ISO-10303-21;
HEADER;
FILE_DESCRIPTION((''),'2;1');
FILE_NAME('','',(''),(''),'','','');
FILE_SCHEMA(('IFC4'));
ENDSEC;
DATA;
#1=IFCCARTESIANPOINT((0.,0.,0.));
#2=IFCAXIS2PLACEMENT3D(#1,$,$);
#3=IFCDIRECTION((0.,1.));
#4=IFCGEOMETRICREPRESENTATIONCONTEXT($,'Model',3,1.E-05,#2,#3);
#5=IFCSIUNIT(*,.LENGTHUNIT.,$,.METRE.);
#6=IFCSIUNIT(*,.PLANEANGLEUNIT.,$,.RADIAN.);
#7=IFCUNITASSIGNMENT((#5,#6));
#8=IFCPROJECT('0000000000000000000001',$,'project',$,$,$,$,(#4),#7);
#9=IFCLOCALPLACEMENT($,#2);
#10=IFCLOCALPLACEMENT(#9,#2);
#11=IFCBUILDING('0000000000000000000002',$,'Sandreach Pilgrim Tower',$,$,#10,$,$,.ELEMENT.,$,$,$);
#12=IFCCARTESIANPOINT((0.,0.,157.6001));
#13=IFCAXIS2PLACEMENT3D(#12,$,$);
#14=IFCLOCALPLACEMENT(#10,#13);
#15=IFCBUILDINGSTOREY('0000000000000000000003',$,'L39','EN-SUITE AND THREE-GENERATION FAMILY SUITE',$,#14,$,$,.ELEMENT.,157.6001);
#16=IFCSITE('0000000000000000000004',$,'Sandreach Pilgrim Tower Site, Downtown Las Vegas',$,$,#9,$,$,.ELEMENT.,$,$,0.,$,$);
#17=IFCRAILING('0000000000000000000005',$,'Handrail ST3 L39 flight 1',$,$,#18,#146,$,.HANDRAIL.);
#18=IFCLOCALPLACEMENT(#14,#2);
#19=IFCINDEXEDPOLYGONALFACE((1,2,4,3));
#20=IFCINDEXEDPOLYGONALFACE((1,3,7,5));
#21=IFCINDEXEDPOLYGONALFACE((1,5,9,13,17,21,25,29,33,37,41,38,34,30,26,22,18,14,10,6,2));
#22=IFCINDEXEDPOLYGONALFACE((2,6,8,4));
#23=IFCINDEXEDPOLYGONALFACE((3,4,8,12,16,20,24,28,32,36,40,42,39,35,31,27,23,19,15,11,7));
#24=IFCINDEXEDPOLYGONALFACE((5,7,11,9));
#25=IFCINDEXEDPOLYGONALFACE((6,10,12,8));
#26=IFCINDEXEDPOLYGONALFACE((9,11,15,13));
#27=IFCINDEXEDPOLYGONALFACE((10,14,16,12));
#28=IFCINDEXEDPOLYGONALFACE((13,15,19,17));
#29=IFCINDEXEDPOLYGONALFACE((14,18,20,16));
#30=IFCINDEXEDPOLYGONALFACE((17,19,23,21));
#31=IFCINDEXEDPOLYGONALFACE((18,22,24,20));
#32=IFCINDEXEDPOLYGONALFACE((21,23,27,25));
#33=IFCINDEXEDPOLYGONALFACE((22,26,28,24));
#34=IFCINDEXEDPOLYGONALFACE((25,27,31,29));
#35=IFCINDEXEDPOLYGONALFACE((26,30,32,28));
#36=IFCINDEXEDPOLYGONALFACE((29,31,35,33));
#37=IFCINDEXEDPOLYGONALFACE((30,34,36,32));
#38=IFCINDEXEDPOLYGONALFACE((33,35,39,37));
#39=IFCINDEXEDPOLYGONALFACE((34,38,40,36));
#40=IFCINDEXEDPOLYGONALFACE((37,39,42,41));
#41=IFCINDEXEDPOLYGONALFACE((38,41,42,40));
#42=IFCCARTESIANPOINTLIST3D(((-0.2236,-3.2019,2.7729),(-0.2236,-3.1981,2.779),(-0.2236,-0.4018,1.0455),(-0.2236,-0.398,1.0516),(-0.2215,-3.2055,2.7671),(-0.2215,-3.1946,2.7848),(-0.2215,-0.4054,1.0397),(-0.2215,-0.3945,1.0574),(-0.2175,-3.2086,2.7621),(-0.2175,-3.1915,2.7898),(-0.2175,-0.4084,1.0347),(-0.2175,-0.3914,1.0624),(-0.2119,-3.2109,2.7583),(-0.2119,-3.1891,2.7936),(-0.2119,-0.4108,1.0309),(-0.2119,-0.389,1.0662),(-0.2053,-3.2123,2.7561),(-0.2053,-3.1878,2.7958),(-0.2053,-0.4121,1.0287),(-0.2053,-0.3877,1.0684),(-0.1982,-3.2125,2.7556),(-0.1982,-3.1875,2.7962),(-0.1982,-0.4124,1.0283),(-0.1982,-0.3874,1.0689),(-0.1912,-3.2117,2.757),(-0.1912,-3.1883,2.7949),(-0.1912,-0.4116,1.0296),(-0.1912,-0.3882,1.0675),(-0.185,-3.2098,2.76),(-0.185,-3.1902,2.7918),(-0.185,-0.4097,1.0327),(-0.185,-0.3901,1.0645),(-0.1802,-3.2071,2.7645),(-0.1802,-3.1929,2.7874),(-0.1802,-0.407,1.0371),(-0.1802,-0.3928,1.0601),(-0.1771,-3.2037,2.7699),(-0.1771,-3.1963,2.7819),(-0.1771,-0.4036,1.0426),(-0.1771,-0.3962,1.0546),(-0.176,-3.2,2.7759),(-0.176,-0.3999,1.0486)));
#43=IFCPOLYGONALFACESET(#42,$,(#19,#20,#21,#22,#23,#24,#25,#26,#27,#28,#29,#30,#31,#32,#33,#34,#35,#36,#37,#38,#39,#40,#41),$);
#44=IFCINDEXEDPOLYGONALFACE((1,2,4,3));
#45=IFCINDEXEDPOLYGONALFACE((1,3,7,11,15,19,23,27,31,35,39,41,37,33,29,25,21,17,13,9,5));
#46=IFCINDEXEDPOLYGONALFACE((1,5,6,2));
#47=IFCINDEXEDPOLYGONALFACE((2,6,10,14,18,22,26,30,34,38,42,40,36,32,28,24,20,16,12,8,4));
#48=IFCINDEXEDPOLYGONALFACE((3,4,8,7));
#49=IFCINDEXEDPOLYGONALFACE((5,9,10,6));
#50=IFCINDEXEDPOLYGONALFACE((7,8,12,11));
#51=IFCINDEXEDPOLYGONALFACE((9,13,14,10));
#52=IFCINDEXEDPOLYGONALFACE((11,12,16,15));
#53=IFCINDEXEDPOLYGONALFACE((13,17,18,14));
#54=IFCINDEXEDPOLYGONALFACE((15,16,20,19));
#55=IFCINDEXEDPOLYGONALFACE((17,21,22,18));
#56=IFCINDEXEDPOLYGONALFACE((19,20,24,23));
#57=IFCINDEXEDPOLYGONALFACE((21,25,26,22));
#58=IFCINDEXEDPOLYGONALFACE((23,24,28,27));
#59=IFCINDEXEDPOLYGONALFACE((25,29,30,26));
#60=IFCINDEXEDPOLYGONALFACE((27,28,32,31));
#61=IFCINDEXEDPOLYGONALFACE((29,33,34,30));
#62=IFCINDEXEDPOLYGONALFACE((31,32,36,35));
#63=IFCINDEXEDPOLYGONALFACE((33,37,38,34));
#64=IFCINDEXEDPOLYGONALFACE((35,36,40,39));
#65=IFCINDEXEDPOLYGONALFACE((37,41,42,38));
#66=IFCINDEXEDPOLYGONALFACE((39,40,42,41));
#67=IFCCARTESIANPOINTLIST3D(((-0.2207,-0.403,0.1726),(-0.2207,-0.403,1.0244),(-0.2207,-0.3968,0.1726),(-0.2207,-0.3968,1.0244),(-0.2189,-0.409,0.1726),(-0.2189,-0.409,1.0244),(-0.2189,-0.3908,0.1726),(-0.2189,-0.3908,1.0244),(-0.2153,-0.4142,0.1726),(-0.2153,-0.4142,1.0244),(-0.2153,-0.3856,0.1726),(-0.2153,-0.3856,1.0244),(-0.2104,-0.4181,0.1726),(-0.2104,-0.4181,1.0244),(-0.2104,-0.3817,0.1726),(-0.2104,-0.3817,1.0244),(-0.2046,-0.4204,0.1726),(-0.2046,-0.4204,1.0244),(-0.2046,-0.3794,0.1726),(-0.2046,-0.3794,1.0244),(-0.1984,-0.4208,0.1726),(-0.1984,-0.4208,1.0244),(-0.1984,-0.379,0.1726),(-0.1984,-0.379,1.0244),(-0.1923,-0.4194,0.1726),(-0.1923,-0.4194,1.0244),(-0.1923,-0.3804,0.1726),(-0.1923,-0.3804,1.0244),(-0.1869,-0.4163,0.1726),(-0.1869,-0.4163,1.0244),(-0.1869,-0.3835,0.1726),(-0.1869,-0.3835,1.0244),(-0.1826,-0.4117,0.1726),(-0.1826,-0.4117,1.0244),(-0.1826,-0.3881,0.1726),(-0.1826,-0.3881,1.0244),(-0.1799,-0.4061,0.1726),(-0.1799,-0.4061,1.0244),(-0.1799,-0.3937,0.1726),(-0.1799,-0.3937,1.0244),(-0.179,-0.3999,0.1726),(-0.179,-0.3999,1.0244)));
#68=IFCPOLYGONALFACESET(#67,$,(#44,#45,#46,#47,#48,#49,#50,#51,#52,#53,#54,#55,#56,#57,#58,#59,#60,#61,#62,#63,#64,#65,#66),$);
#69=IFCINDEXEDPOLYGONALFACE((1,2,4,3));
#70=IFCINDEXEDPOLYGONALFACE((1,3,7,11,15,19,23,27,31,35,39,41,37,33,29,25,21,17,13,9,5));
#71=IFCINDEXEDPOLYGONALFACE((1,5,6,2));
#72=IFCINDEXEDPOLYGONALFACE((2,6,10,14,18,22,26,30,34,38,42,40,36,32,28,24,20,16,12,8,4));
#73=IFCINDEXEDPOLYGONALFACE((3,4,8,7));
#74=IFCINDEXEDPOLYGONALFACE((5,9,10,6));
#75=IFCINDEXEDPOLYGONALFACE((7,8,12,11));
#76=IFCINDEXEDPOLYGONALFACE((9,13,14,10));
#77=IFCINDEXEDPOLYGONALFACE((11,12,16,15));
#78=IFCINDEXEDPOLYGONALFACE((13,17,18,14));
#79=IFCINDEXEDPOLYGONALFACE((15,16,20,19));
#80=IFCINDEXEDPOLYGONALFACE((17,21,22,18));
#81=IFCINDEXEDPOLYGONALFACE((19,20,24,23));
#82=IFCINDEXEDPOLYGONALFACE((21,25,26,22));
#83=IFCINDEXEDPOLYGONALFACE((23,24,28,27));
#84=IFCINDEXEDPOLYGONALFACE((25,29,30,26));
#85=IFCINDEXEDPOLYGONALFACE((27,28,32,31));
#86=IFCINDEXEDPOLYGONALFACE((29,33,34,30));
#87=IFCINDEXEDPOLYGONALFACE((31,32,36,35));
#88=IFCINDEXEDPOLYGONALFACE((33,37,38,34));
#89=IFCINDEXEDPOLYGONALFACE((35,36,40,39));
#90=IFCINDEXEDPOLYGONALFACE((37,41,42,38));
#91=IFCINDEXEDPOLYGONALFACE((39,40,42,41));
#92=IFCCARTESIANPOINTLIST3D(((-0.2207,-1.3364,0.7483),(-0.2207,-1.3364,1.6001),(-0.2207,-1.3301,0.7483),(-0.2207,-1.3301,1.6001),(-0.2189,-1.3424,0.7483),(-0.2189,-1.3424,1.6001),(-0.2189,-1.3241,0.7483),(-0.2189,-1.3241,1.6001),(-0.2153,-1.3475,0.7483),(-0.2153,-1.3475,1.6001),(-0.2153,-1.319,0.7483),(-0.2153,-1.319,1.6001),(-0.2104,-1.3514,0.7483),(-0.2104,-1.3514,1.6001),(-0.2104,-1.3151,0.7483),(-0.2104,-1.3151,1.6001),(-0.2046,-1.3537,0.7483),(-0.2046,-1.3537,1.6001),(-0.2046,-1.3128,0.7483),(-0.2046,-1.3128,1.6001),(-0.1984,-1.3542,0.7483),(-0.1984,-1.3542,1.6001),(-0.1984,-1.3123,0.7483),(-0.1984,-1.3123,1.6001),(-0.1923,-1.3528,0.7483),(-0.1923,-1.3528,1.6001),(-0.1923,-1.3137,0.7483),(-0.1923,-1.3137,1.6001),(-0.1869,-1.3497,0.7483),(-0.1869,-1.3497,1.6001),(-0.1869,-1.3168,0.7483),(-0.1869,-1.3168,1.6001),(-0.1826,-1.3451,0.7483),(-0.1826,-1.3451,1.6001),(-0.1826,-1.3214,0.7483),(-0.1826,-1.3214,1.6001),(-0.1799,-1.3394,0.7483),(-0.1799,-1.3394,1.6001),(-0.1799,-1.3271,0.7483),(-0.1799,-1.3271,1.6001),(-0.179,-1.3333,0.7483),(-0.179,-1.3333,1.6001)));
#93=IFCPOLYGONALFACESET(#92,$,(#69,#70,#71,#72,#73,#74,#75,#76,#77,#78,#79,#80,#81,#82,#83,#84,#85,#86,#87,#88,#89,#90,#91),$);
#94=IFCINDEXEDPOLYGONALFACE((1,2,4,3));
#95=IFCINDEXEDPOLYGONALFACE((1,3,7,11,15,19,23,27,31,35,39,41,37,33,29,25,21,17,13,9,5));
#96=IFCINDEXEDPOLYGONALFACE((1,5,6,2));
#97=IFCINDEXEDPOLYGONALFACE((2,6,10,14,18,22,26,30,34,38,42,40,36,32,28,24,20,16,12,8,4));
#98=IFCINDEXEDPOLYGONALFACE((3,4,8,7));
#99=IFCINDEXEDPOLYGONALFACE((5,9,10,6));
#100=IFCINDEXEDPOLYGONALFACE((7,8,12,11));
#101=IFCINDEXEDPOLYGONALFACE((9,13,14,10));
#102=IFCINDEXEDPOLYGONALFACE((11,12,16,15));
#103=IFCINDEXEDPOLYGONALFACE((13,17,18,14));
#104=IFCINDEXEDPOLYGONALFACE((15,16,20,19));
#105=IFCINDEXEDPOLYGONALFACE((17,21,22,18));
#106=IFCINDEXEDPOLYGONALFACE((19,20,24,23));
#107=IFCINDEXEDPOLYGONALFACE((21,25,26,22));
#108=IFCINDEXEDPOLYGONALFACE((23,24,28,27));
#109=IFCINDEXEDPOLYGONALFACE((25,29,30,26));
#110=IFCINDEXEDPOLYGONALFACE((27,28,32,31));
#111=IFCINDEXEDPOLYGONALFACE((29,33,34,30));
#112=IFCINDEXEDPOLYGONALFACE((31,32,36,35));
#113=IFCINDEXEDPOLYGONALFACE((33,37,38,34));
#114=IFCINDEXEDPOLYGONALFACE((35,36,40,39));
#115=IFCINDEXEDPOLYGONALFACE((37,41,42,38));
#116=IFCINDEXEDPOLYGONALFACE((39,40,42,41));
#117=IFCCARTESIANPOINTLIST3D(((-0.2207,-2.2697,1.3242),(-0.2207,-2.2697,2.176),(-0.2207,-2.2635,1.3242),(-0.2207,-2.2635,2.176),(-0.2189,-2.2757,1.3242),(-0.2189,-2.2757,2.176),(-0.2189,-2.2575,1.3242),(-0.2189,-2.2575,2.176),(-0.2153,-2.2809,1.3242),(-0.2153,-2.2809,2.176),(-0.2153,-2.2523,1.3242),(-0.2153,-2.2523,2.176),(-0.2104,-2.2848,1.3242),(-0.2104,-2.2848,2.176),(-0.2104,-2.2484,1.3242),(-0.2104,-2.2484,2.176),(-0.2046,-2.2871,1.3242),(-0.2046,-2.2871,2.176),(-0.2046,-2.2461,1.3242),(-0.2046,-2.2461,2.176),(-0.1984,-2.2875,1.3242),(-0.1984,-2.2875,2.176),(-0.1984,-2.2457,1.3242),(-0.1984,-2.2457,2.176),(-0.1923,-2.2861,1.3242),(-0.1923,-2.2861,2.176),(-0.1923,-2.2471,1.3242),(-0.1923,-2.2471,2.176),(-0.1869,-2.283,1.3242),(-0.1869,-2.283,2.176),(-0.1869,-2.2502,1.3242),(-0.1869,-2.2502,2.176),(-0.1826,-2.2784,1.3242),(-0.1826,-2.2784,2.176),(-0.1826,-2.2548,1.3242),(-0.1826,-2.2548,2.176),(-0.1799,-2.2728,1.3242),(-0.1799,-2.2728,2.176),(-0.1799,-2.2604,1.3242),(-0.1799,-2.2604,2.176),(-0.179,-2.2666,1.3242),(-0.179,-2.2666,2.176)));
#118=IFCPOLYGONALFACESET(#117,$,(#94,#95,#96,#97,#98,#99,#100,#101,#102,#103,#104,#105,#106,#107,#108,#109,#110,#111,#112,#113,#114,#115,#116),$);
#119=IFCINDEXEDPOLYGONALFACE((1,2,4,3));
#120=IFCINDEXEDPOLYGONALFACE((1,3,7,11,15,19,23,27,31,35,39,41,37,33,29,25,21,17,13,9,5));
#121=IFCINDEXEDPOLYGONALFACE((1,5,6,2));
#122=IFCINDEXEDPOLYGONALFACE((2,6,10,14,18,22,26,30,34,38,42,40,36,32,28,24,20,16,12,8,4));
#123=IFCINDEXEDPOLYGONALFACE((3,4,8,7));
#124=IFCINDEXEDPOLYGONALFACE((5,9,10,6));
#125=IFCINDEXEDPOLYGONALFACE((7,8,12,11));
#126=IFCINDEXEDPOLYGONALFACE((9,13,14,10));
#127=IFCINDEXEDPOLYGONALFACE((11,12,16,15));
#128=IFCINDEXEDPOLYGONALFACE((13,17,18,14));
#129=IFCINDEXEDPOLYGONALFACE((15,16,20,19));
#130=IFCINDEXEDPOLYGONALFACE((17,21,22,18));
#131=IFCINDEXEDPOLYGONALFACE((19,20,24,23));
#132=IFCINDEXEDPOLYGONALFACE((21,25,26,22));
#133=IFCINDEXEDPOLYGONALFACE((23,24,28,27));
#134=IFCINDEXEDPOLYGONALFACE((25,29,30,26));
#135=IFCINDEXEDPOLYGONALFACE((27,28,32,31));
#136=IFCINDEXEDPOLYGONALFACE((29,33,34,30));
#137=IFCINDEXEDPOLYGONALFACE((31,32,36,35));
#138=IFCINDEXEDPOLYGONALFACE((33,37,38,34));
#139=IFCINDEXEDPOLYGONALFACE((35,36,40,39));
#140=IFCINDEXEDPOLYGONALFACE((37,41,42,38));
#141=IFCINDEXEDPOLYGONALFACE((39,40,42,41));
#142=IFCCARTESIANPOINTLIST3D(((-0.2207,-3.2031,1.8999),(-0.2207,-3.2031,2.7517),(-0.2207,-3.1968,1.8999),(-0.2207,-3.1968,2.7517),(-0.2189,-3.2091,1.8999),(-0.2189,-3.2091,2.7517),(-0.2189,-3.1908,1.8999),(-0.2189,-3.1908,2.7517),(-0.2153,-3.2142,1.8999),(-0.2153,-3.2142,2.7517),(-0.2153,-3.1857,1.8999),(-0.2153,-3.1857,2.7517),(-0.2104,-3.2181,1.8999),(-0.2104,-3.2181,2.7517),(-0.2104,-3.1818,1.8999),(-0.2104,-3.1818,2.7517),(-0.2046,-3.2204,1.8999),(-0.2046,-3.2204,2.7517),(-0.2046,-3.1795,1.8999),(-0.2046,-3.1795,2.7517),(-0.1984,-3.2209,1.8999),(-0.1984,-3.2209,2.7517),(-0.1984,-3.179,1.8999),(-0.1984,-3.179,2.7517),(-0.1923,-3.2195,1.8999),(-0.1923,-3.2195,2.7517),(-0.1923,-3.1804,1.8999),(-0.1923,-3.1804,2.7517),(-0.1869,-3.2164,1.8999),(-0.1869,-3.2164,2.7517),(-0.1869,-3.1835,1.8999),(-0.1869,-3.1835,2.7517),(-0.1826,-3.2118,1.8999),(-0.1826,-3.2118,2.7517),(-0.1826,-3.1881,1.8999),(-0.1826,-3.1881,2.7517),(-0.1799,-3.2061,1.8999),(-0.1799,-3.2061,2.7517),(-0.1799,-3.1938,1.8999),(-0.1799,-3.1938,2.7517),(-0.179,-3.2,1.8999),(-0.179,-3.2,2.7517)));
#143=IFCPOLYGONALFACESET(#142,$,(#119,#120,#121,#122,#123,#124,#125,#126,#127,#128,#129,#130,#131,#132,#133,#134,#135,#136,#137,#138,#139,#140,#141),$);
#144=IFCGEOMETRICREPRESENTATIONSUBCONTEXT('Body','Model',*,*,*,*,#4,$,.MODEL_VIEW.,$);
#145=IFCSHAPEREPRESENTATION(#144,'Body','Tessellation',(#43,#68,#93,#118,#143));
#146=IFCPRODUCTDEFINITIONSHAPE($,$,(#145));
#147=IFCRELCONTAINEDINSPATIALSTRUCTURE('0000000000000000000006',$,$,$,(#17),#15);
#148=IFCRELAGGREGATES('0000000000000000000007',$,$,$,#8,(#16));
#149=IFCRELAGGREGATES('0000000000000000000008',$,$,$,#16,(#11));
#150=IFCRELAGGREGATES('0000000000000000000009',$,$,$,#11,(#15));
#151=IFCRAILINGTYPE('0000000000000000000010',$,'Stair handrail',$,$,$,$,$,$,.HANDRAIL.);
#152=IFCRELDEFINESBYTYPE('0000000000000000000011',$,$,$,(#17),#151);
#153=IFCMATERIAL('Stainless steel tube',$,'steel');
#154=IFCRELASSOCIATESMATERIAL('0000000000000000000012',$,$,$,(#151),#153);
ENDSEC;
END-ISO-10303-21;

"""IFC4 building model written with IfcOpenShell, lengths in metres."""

from ifc_helpers import new_model, si_unit, direction, frame, origin, origin_2d, place, context, subcontext, project, spatial, circle, extrude, material, type_object, element, save


model = new_model("IFC4")

# Units and contexts
model_context = context("Model", 3, precision=1e-05, world=origin(), true_north=direction((0.0, 1.0)))
body_context = subcontext(model_context, "Body", "Model", "MODEL_VIEW")
ifc_project = project(units=[si_unit("LENGTHUNIT", "METRE"), si_unit("PLANEANGLEUNIT", "RADIAN")], contexts=[model_context])

# Site, building, storey
site_placement = place(None, origin())
site = spatial("IfcSite", under=ifc_project, at=site_placement, Name="Sandreach Pilgrim Tower Site, Downtown Las Vegas", CompositionType="ELEMENT", RefElevation=0.0)
building_placement = place(site_placement, origin())
building = spatial("IfcBuilding", under=site, at=building_placement, Name="Sandreach Pilgrim Tower", CompositionType="ELEMENT")
storey_placement = place(building_placement, frame((0.0, 0.0, 157.6001)))
storey = spatial("IfcBuildingStorey", under=building, at=storey_placement, Name="L39", Description="EN-SUITE AND THREE-GENERATION FAMILY SUITE", CompositionType="ELEMENT", Elevation=157.6001)

# Railing
ifc_material_1 = material(Name="Stainless steel tube", Category="steel")
railing_type = type_object("IfcRailingType", Name="Stair handrail", PredefinedType="HANDRAIL", material=ifc_material_1)
for number, where, name in (
    (1, (-0.2, -0.3999, 0.1726), "Handrail ST3 L39 flight 1"),
):
    element("IfcRailing", number, at=place(storey_placement, frame(where)), inside=storey, type_object=railing_type, Name=name, PredefinedType="HANDRAIL", context=body_context, shape_type="SweptSolid", body=[
        extrude(circle(Radius=0.0239, at=origin_2d()), frame((0.0, 0.0, 0.876), z_axis=(0.0, -0.85109, 0.52502), x_axis=(1.0, 0.0, 0.0)), (0.0, 0.0, 1.0), 3.29),
        extrude(circle(Radius=0.021, at=origin_2d()), origin(), (0.0, 0.0, 1.0), 0.8518),
        extrude(circle(Radius=0.021, at=origin_2d()), frame((0.0, -0.9333, 0.5757)), (0.0, 0.0, 1.0), 0.8518),
        extrude(circle(Radius=0.021, at=origin_2d()), frame((0.0, -1.8667, 1.1516)), (0.0, 0.0, 1.0), 0.8518),
        extrude(circle(Radius=0.021, at=origin_2d()), frame((0.0, -2.8, 1.7273)), (0.0, 0.0, 1.0), 0.8518),
    ])

save(model, "model.ifc")
